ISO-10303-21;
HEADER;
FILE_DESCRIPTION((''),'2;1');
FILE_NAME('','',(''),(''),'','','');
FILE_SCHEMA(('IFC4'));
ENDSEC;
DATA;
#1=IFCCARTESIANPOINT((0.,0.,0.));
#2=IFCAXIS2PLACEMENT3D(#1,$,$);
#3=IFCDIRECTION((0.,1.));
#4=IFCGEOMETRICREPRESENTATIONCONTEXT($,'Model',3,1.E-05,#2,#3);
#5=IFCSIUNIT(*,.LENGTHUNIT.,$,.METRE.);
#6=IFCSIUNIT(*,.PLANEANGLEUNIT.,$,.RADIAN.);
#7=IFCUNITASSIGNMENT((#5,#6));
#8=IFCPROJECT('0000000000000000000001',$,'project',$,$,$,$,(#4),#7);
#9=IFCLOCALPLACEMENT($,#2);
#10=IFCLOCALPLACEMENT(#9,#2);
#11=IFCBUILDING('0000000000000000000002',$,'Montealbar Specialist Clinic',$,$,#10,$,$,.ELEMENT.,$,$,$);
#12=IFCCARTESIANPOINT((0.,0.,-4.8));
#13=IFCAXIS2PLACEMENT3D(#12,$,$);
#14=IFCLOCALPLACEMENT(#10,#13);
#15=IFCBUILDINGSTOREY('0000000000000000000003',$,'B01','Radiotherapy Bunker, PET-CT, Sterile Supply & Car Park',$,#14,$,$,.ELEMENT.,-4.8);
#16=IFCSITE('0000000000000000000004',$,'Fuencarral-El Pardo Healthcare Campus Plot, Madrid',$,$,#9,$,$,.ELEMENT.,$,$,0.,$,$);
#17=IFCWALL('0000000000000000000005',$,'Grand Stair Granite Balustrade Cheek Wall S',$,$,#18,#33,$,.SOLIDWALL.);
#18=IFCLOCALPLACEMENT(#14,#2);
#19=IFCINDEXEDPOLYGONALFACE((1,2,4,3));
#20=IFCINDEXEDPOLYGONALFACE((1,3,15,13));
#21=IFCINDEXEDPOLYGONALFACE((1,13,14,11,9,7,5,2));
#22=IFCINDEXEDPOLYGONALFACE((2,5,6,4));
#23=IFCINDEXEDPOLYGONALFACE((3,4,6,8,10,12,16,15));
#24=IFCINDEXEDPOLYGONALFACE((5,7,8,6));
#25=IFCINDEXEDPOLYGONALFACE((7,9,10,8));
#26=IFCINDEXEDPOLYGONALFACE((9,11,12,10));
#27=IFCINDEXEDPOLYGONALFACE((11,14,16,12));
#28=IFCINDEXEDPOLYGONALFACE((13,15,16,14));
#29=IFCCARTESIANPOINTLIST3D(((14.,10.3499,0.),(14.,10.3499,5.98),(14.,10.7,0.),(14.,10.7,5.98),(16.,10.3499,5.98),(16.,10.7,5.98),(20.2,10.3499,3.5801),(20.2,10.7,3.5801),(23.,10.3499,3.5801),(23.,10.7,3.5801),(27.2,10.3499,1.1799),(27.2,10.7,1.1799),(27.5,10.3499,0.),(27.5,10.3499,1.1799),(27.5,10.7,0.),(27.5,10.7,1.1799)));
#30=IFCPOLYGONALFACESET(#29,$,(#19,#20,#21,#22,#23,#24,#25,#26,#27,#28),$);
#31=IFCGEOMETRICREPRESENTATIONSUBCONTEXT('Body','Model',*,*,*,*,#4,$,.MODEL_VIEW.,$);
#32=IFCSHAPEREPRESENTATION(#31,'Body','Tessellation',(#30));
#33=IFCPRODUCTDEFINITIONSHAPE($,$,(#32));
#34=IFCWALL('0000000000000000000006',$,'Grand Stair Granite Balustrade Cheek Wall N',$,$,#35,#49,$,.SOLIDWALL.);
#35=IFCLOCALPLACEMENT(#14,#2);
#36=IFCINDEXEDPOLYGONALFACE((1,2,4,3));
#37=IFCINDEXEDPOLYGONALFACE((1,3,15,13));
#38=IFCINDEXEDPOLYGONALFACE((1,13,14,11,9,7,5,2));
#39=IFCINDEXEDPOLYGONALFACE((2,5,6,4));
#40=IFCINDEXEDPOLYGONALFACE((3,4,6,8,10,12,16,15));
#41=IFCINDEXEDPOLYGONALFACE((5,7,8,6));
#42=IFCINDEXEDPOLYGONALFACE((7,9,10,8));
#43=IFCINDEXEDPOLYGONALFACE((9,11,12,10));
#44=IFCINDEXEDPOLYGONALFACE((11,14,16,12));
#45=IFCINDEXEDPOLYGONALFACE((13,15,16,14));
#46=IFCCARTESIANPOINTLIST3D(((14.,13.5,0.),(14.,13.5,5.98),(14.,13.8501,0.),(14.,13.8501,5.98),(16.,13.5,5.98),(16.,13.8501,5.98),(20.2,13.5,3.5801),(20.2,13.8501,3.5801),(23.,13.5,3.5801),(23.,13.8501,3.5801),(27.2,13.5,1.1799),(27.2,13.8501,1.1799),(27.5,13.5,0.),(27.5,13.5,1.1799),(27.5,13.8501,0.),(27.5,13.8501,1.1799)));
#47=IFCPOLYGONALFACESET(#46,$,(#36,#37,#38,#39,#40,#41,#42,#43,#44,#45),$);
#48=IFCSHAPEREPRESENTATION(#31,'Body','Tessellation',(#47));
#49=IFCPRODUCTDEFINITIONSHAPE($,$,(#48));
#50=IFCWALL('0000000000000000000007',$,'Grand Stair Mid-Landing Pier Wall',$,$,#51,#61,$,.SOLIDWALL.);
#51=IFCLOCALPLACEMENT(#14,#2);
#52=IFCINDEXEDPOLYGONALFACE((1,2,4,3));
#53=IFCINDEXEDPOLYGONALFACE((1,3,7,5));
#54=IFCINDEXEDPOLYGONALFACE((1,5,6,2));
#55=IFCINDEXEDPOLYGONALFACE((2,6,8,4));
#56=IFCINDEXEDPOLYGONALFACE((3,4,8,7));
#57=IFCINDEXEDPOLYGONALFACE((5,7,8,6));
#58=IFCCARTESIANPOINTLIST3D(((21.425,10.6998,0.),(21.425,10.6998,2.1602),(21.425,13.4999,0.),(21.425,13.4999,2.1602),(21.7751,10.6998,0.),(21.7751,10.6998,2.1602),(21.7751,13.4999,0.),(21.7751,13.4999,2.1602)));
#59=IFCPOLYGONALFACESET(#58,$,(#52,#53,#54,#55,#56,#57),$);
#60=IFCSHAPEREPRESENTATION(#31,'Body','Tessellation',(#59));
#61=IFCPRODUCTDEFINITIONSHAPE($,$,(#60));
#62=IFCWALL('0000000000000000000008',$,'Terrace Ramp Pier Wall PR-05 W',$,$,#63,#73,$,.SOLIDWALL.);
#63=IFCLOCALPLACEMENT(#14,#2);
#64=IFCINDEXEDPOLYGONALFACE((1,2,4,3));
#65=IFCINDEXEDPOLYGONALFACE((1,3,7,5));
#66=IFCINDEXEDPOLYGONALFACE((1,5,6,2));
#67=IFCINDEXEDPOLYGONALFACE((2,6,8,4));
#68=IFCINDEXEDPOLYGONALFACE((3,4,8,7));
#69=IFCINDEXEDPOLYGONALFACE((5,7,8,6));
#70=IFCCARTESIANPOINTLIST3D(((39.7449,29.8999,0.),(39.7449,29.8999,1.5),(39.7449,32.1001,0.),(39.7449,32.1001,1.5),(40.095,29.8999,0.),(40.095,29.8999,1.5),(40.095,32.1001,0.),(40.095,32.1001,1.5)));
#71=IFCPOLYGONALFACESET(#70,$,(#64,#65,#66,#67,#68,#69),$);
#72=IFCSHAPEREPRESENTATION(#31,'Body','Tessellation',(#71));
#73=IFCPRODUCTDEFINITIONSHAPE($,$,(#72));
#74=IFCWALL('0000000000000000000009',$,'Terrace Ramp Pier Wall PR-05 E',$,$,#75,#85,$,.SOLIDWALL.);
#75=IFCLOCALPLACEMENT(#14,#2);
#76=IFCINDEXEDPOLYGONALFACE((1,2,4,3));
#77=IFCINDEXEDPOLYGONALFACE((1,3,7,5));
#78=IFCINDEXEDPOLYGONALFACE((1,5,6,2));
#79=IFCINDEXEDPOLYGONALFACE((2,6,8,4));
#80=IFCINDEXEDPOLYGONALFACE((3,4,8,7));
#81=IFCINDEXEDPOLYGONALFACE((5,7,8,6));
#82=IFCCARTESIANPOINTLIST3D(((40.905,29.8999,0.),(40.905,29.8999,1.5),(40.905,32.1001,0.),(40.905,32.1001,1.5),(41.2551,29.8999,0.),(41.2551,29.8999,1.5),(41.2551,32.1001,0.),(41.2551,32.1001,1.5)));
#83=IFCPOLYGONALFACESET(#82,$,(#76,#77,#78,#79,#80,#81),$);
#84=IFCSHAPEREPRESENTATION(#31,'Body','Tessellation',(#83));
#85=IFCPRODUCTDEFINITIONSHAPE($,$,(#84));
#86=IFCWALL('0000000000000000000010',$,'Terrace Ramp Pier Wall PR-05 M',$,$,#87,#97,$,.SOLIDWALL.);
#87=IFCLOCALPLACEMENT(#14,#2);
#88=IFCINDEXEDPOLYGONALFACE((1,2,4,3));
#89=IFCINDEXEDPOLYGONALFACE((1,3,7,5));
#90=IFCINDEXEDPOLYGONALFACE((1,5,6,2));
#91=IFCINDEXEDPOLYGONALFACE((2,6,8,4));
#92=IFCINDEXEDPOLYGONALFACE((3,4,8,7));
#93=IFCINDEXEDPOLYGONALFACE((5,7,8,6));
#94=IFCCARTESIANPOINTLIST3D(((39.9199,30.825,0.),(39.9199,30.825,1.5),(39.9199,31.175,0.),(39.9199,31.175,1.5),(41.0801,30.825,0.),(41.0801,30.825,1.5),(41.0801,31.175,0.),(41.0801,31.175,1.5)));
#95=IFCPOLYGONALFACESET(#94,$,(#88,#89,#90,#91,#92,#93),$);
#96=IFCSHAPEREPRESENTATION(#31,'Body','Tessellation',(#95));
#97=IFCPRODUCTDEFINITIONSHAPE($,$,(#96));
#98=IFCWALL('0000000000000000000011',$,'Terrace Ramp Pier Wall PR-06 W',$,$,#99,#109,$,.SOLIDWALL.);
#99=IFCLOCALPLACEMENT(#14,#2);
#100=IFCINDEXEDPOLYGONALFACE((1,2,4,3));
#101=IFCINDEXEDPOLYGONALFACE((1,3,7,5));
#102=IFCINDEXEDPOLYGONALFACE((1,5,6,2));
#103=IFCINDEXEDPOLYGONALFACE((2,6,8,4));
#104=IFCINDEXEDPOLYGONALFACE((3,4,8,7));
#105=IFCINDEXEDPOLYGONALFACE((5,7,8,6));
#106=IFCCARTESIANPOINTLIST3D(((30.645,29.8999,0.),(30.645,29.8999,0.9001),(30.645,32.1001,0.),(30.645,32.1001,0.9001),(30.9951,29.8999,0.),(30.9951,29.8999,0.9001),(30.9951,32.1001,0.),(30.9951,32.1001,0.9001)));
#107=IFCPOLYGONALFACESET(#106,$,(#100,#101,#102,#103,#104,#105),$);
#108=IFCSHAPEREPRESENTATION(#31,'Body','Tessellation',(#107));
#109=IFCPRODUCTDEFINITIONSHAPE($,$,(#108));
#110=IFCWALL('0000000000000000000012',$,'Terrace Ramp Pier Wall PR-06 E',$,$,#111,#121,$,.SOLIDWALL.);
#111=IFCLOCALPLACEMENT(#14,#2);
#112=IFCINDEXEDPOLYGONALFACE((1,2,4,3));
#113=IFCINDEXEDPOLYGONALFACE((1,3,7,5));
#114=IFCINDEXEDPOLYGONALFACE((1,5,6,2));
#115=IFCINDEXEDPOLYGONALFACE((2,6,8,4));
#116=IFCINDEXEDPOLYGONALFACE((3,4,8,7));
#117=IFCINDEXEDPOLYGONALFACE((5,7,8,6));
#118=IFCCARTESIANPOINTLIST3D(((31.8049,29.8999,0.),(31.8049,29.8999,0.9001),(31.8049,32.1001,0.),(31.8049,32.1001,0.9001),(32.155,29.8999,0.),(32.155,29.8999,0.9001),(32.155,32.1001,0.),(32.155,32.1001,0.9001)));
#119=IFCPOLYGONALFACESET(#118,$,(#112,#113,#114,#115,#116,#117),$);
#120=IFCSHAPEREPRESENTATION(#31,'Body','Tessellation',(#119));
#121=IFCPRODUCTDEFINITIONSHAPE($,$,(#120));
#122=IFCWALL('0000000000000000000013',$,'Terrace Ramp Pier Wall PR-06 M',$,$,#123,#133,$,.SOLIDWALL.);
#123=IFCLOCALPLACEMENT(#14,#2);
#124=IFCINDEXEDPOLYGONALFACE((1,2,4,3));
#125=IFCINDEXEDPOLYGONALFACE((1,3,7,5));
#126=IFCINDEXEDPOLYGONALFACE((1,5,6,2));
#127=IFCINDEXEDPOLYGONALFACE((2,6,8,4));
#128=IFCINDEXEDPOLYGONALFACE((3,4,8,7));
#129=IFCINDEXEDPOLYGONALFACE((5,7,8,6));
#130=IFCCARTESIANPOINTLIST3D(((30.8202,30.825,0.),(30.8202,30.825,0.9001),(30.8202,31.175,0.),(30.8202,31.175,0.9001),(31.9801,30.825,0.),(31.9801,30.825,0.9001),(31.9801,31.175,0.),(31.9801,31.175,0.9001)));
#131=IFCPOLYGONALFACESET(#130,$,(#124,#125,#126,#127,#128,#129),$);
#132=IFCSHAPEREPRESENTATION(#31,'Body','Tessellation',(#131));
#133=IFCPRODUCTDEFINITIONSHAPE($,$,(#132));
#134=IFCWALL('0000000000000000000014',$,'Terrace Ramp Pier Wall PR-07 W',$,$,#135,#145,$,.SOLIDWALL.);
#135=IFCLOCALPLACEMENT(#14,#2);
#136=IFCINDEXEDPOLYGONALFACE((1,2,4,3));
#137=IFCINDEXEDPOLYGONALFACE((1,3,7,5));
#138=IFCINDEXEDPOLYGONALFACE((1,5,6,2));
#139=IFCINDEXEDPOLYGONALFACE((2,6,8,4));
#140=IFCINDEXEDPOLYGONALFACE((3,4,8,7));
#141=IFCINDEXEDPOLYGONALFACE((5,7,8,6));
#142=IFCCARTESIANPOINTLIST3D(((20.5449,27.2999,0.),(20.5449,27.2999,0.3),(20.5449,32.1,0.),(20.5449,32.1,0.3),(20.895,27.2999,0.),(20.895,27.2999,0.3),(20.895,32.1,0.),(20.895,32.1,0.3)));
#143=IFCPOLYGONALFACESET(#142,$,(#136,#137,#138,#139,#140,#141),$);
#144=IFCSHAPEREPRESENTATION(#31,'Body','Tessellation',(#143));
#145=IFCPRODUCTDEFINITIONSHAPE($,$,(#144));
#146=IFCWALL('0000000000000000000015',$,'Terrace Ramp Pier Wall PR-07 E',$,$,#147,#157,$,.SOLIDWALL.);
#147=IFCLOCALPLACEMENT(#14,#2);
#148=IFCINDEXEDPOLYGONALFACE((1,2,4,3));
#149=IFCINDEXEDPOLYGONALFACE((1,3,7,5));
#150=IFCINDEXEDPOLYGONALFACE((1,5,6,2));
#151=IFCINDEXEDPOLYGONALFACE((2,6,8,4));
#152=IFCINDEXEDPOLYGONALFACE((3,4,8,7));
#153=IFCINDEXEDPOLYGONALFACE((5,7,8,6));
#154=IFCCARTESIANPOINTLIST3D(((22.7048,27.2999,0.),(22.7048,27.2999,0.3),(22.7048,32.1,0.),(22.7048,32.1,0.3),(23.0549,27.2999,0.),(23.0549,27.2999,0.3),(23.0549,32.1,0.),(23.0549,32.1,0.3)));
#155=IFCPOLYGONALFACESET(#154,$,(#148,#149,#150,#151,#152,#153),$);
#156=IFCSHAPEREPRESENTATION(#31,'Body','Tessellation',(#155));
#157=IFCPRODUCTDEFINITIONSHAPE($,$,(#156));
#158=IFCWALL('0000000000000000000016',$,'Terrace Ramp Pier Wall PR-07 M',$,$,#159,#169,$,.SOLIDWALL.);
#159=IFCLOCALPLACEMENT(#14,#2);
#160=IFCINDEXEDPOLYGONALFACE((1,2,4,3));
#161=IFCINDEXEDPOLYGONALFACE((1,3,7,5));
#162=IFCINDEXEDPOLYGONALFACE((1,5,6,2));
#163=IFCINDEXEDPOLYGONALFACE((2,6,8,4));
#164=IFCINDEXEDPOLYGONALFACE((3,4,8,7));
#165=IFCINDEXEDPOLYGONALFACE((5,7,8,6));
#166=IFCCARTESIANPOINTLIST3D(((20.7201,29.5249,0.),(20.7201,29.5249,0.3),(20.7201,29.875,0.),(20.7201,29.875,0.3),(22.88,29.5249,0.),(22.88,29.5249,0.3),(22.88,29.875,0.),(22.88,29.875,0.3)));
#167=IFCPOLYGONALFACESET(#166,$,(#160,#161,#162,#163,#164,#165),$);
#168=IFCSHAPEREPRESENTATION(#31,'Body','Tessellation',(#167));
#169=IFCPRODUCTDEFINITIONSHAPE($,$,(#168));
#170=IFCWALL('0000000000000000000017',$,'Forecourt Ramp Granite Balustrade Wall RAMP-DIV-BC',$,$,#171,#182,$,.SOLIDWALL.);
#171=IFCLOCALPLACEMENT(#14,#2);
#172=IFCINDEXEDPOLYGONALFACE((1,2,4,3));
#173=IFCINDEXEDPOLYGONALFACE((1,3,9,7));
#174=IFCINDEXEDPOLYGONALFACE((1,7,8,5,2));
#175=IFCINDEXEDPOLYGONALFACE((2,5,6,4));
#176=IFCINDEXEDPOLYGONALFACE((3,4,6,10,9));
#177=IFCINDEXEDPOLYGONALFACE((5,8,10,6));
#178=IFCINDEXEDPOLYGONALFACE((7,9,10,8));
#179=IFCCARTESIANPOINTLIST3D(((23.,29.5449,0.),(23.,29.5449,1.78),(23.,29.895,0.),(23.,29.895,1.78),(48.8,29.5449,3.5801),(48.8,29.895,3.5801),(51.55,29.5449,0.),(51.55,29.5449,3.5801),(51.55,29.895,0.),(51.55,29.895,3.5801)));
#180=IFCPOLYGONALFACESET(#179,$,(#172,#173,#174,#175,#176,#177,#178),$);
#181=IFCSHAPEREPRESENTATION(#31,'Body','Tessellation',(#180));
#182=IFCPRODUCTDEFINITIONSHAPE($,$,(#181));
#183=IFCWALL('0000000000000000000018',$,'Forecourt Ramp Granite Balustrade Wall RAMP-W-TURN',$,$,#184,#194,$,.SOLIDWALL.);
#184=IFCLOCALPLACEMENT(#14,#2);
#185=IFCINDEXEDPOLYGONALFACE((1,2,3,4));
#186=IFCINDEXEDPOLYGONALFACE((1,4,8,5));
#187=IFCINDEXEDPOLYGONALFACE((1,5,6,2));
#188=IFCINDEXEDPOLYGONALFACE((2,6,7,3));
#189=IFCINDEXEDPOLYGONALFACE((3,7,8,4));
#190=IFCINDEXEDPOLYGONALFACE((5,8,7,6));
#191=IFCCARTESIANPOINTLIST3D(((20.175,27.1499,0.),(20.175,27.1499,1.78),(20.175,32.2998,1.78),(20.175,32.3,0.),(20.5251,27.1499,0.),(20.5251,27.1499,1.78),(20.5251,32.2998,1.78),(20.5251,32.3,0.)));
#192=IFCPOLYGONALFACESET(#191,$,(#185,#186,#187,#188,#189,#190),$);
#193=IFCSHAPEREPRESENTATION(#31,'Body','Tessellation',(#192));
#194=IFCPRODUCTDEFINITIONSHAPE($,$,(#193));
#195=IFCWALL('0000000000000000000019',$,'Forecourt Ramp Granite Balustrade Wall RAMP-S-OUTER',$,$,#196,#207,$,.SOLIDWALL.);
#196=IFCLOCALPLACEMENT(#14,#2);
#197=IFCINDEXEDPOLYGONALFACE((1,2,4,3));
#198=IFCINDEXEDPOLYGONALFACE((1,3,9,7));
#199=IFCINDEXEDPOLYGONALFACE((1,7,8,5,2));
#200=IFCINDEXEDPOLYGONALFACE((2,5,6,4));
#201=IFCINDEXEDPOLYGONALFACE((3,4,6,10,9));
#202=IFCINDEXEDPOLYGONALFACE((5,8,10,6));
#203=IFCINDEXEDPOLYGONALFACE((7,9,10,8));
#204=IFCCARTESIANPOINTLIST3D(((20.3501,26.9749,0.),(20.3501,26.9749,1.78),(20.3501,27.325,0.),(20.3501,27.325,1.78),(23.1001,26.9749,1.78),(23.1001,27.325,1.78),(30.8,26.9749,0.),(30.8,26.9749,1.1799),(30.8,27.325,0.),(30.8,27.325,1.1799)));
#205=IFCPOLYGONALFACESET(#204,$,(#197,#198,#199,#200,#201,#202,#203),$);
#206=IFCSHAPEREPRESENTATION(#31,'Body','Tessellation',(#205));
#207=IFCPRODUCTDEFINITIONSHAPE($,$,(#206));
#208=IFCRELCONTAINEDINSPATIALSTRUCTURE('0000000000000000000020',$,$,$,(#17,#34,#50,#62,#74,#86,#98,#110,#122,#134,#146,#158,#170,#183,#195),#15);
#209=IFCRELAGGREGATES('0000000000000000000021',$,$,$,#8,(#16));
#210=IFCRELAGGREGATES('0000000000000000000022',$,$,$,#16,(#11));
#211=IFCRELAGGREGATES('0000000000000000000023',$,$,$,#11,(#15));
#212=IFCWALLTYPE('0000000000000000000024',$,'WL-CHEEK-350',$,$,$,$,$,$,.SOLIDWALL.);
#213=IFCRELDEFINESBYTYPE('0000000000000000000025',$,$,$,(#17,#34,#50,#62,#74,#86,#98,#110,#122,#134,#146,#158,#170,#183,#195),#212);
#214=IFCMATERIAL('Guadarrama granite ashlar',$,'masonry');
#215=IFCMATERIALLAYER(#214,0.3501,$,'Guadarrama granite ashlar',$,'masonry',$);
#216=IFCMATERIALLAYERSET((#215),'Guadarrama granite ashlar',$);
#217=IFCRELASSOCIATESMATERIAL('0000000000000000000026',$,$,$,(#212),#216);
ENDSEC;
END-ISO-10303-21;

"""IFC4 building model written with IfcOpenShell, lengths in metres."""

from ifc_helpers import new_model, si_unit, direction, frame, frame_2d, origin, place, context, subcontext, project, spatial, polyline, rectangle, outline, extrude, material, layer, layer_set, type_object, element, save


model = new_model("IFC4")

# Units and contexts
model_context = context("Model", 3, precision=1e-05, world=origin(), true_north=direction((0.0, 1.0)))
body_context = subcontext(model_context, "Body", "Model", "MODEL_VIEW")
ifc_project = project(units=[si_unit("LENGTHUNIT", "METRE"), si_unit("PLANEANGLEUNIT", "RADIAN")], contexts=[model_context])

# Site, building, storey
site_placement = place(None, origin())
site = spatial("IfcSite", under=ifc_project, at=site_placement, Name="Fuencarral-El Pardo Healthcare Campus Plot, Madrid", CompositionType="ELEMENT", RefElevation=0.0)
building_placement = place(site_placement, origin())
building = spatial("IfcBuilding", under=site, at=building_placement, Name="Montealbar Specialist Clinic", CompositionType="ELEMENT")
storey_placement = place(building_placement, frame((0.0, 0.0, -4.8)))
storey = spatial("IfcBuildingStorey", under=building, at=storey_placement, Name="B01", Description="Radiotherapy Bunker, PET-CT, Sterile Supply & Car Park", CompositionType="ELEMENT", Elevation=-4.8)

# Walls
ifc_material_1 = material(Name="Guadarrama granite ashlar", Category="masonry")
ifc_layer_1 = layer(ifc_material_1, 0.3501, Name="Guadarrama granite ashlar", Category="masonry")
ifc_layer_set_1 = layer_set([ifc_layer_1], Name="Guadarrama granite ashlar")
wall_type_1 = type_object("IfcWallType", Name="WL-CHEEK-350", PredefinedType="SOLIDWALL", material=ifc_layer_set_1)
for number, where, z_axis, x_axis, name in (
    (1, (14.0, 10.5249, 0.0), (0.0, 0.0, 1.0), (1.0, 0.0, 0.0), "Grand Stair Granite Balustrade Cheek Wall S"),
    (2, (14.0, 13.675, 0.0), (0.0, 0.0, 1.0), (1.0, 0.0, 0.0), "Grand Stair Granite Balustrade Cheek Wall N"),
):
    element("IfcWall", number, at=place(storey_placement, frame(where, z_axis=z_axis, x_axis=x_axis)), inside=storey, type_object=wall_type_1, Name=name, PredefinedType="SOLIDWALL", context=body_context, shape_type="SweptSolid", body=[
        extrude(outline(polyline([(0.0, 0.0), (13.5, 0.0), (13.5, 1.1799), (13.2, 1.1799), (9.0, 3.5801), (6.2, 3.5801), (2.0, 5.98), (0.0, 5.98), (0.0, 0.0)])), frame((0.0, 0.175, 0.0), z_axis=(0.0, -1.0, 0.0), x_axis=(1.0, 0.0, 0.0)), (0.0, 0.0, 1.0), 0.3501),
    ])
wall_1_placement = place(storey_placement, frame((21.6001, 10.7, 0.0), z_axis=(0.0, 0.0, 1.0), x_axis=(0.0, 1.0, 0.0)))
element("IfcWall", 3, at=wall_1_placement, inside=storey, type_object=wall_type_1, Name="Grand Stair Mid-Landing Pier Wall", PredefinedType="SOLIDWALL", context=body_context, shape_type="SweptSolid", body=[
    extrude(rectangle(XDim=2.8, YDim=0.3501, at=frame_2d((1.3999, 0.0))), origin(), (0.0, 0.0, 1.0), 2.1602),
])
for number, where, z_axis, x_axis, name in (
    (4, (39.9199, 29.8999, 0.0), (0.0, 0.0, 1.0), (0.0, 1.0, 0.0), "Terrace Ramp Pier Wall PR-05 W"),
    (5, (41.0801, 29.8999, 0.0), (0.0, 0.0, 1.0), (0.0, 1.0, 0.0), "Terrace Ramp Pier Wall PR-05 E"),
):
    element("IfcWall", number, at=place(storey_placement, frame(where, z_axis=z_axis, x_axis=x_axis)), inside=storey, type_object=wall_type_1, Name=name, PredefinedType="SOLIDWALL", context=body_context, shape_type="SweptSolid", body=[
        extrude(rectangle(XDim=2.2002, YDim=0.3501, at=frame_2d((1.1001, 0.0))), origin(), (0.0, 0.0, 1.0), 1.5),
    ])
wall_2_placement = place(storey_placement, frame((39.9199, 31.0, 0.0), z_axis=(0.0, 0.0, 1.0), x_axis=(1.0, 0.0, 0.0)))
element("IfcWall", 6, at=wall_2_placement, inside=storey, type_object=wall_type_1, Name="Terrace Ramp Pier Wall PR-05 M", PredefinedType="SOLIDWALL", context=body_context, shape_type="SweptSolid", body=[
    extrude(rectangle(XDim=1.1602, YDim=0.3501, at=frame_2d((0.5801, 0.0))), origin(), (0.0, 0.0, 1.0), 1.5),
])
for number, where, z_axis, x_axis, name in (
    (7, (30.8201, 29.8999, 0.0), (0.0, 0.0, 1.0), (0.0, 1.0, 0.0), "Terrace Ramp Pier Wall PR-06 W"),
    (8, (31.98, 29.8999, 0.0), (0.0, 0.0, 1.0), (0.0, 1.0, 0.0), "Terrace Ramp Pier Wall PR-06 E"),
):
    element("IfcWall", number, at=place(storey_placement, frame(where, z_axis=z_axis, x_axis=x_axis)), inside=storey, type_object=wall_type_1, Name=name, PredefinedType="SOLIDWALL", context=body_context, shape_type="SweptSolid", body=[
        extrude(rectangle(XDim=2.2002, YDim=0.3501, at=frame_2d((1.1001, 0.0))), origin(), (0.0, 0.0, 1.0), 0.9001),
    ])
wall_3_placement = place(storey_placement, frame((30.8201, 31.0, 0.0), z_axis=(0.0, 0.0, 1.0), x_axis=(1.0, 0.0, 0.0)))
element("IfcWall", 9, at=wall_3_placement, inside=storey, type_object=wall_type_1, Name="Terrace Ramp Pier Wall PR-06 M", PredefinedType="SOLIDWALL", context=body_context, shape_type="SweptSolid", body=[
    extrude(rectangle(XDim=1.1599, YDim=0.3501, at=frame_2d((0.5801, 0.0))), origin(), (0.0, 0.0, 1.0), 0.9001),
])
for number, where, z_axis, x_axis, name in (
    (10, (20.72, 27.3, 0.0), (0.0, 0.0, 1.0), (0.0, 1.0, 0.0), "Terrace Ramp Pier Wall PR-07 W"),
    (11, (22.8799, 27.3, 0.0), (0.0, 0.0, 1.0), (0.0, 1.0, 0.0), "Terrace Ramp Pier Wall PR-07 E"),
):
    element("IfcWall", number, at=place(storey_placement, frame(where, z_axis=z_axis, x_axis=x_axis)), inside=storey, type_object=wall_type_1, Name=name, PredefinedType="SOLIDWALL", context=body_context, shape_type="SweptSolid", body=[
        extrude(rectangle(XDim=4.8, YDim=0.3501, at=frame_2d((2.3999, 0.0))), origin(), (0.0, 0.0, 1.0), 0.3),
    ])
wall_4_placement = place(storey_placement, frame((20.72, 29.7, 0.0), z_axis=(0.0, 0.0, 1.0), x_axis=(1.0, 0.0, 0.0)))
element("IfcWall", 12, at=wall_4_placement, inside=storey, type_object=wall_type_1, Name="Terrace Ramp Pier Wall PR-07 M", PredefinedType="SOLIDWALL", context=body_context, shape_type="SweptSolid", body=[
    extrude(rectangle(XDim=2.1599, YDim=0.3501, at=frame_2d((1.0801, 0.0))), origin(), (0.0, 0.0, 1.0), 0.3),
])
wall_5_placement = place(storey_placement, frame((23.0, 29.72, 0.0), z_axis=(0.0, 0.0, 1.0), x_axis=(1.0, 0.0, 0.0)))
element("IfcWall", 13, at=wall_5_placement, inside=storey, type_object=wall_type_1, Name="Forecourt Ramp Granite Balustrade Wall RAMP-DIV-BC", PredefinedType="SOLIDWALL", context=body_context, shape_type="SweptSolid", body=[
    extrude(outline(polyline([(0.0, 0.0), (28.55, 0.0), (28.55, 3.5801), (25.8, 3.5801), (0.0, 1.78), (0.0, 0.0)])), frame((0.0, 0.175, 0.0), z_axis=(0.0, -1.0, 0.0), x_axis=(1.0, 0.0, 0.0)), (0.0, 0.0, 1.0), 0.3501),
])
wall_6_placement = place(storey_placement, frame((20.3501, 27.1499, 0.0), z_axis=(0.0, 0.0, 1.0), x_axis=(0.0, 1.0, 0.0)))
element("IfcWall", 14, at=wall_6_placement, inside=storey, type_object=wall_type_1, Name="Forecourt Ramp Granite Balustrade Wall RAMP-W-TURN", PredefinedType="SOLIDWALL", context=body_context, shape_type="SweptSolid", body=[
    extrude(outline(polyline([(0.0, 0.0), (5.1501, 0.0), (5.1499, 1.78), (0.0, 1.78), (0.0, 0.0)])), frame((0.0, 0.175, 0.0), z_axis=(0.0, -1.0, 0.0), x_axis=(1.0, 0.0, 0.0)), (0.0, 0.0, 1.0), 0.3501),
])
wall_7_placement = place(storey_placement, frame((20.3501, 27.1499, 0.0), z_axis=(0.0, 0.0, 1.0), x_axis=(1.0, 0.0, 0.0)))
element("IfcWall", 15, at=wall_7_placement, inside=storey, type_object=wall_type_1, Name="Forecourt Ramp Granite Balustrade Wall RAMP-S-OUTER", PredefinedType="SOLIDWALL", context=body_context, shape_type="SweptSolid", body=[
    extrude(outline(polyline([(0.0, 0.0), (10.45, 0.0), (10.45, 1.1799), (2.75, 1.78), (0.0, 1.78), (0.0, 0.0)])), frame((0.0, 0.175, 0.0), z_axis=(0.0, -1.0, 0.0), x_axis=(1.0, 0.0, 0.0)), (0.0, 0.0, 1.0), 0.3501),
])

save(model, "model.ifc")
